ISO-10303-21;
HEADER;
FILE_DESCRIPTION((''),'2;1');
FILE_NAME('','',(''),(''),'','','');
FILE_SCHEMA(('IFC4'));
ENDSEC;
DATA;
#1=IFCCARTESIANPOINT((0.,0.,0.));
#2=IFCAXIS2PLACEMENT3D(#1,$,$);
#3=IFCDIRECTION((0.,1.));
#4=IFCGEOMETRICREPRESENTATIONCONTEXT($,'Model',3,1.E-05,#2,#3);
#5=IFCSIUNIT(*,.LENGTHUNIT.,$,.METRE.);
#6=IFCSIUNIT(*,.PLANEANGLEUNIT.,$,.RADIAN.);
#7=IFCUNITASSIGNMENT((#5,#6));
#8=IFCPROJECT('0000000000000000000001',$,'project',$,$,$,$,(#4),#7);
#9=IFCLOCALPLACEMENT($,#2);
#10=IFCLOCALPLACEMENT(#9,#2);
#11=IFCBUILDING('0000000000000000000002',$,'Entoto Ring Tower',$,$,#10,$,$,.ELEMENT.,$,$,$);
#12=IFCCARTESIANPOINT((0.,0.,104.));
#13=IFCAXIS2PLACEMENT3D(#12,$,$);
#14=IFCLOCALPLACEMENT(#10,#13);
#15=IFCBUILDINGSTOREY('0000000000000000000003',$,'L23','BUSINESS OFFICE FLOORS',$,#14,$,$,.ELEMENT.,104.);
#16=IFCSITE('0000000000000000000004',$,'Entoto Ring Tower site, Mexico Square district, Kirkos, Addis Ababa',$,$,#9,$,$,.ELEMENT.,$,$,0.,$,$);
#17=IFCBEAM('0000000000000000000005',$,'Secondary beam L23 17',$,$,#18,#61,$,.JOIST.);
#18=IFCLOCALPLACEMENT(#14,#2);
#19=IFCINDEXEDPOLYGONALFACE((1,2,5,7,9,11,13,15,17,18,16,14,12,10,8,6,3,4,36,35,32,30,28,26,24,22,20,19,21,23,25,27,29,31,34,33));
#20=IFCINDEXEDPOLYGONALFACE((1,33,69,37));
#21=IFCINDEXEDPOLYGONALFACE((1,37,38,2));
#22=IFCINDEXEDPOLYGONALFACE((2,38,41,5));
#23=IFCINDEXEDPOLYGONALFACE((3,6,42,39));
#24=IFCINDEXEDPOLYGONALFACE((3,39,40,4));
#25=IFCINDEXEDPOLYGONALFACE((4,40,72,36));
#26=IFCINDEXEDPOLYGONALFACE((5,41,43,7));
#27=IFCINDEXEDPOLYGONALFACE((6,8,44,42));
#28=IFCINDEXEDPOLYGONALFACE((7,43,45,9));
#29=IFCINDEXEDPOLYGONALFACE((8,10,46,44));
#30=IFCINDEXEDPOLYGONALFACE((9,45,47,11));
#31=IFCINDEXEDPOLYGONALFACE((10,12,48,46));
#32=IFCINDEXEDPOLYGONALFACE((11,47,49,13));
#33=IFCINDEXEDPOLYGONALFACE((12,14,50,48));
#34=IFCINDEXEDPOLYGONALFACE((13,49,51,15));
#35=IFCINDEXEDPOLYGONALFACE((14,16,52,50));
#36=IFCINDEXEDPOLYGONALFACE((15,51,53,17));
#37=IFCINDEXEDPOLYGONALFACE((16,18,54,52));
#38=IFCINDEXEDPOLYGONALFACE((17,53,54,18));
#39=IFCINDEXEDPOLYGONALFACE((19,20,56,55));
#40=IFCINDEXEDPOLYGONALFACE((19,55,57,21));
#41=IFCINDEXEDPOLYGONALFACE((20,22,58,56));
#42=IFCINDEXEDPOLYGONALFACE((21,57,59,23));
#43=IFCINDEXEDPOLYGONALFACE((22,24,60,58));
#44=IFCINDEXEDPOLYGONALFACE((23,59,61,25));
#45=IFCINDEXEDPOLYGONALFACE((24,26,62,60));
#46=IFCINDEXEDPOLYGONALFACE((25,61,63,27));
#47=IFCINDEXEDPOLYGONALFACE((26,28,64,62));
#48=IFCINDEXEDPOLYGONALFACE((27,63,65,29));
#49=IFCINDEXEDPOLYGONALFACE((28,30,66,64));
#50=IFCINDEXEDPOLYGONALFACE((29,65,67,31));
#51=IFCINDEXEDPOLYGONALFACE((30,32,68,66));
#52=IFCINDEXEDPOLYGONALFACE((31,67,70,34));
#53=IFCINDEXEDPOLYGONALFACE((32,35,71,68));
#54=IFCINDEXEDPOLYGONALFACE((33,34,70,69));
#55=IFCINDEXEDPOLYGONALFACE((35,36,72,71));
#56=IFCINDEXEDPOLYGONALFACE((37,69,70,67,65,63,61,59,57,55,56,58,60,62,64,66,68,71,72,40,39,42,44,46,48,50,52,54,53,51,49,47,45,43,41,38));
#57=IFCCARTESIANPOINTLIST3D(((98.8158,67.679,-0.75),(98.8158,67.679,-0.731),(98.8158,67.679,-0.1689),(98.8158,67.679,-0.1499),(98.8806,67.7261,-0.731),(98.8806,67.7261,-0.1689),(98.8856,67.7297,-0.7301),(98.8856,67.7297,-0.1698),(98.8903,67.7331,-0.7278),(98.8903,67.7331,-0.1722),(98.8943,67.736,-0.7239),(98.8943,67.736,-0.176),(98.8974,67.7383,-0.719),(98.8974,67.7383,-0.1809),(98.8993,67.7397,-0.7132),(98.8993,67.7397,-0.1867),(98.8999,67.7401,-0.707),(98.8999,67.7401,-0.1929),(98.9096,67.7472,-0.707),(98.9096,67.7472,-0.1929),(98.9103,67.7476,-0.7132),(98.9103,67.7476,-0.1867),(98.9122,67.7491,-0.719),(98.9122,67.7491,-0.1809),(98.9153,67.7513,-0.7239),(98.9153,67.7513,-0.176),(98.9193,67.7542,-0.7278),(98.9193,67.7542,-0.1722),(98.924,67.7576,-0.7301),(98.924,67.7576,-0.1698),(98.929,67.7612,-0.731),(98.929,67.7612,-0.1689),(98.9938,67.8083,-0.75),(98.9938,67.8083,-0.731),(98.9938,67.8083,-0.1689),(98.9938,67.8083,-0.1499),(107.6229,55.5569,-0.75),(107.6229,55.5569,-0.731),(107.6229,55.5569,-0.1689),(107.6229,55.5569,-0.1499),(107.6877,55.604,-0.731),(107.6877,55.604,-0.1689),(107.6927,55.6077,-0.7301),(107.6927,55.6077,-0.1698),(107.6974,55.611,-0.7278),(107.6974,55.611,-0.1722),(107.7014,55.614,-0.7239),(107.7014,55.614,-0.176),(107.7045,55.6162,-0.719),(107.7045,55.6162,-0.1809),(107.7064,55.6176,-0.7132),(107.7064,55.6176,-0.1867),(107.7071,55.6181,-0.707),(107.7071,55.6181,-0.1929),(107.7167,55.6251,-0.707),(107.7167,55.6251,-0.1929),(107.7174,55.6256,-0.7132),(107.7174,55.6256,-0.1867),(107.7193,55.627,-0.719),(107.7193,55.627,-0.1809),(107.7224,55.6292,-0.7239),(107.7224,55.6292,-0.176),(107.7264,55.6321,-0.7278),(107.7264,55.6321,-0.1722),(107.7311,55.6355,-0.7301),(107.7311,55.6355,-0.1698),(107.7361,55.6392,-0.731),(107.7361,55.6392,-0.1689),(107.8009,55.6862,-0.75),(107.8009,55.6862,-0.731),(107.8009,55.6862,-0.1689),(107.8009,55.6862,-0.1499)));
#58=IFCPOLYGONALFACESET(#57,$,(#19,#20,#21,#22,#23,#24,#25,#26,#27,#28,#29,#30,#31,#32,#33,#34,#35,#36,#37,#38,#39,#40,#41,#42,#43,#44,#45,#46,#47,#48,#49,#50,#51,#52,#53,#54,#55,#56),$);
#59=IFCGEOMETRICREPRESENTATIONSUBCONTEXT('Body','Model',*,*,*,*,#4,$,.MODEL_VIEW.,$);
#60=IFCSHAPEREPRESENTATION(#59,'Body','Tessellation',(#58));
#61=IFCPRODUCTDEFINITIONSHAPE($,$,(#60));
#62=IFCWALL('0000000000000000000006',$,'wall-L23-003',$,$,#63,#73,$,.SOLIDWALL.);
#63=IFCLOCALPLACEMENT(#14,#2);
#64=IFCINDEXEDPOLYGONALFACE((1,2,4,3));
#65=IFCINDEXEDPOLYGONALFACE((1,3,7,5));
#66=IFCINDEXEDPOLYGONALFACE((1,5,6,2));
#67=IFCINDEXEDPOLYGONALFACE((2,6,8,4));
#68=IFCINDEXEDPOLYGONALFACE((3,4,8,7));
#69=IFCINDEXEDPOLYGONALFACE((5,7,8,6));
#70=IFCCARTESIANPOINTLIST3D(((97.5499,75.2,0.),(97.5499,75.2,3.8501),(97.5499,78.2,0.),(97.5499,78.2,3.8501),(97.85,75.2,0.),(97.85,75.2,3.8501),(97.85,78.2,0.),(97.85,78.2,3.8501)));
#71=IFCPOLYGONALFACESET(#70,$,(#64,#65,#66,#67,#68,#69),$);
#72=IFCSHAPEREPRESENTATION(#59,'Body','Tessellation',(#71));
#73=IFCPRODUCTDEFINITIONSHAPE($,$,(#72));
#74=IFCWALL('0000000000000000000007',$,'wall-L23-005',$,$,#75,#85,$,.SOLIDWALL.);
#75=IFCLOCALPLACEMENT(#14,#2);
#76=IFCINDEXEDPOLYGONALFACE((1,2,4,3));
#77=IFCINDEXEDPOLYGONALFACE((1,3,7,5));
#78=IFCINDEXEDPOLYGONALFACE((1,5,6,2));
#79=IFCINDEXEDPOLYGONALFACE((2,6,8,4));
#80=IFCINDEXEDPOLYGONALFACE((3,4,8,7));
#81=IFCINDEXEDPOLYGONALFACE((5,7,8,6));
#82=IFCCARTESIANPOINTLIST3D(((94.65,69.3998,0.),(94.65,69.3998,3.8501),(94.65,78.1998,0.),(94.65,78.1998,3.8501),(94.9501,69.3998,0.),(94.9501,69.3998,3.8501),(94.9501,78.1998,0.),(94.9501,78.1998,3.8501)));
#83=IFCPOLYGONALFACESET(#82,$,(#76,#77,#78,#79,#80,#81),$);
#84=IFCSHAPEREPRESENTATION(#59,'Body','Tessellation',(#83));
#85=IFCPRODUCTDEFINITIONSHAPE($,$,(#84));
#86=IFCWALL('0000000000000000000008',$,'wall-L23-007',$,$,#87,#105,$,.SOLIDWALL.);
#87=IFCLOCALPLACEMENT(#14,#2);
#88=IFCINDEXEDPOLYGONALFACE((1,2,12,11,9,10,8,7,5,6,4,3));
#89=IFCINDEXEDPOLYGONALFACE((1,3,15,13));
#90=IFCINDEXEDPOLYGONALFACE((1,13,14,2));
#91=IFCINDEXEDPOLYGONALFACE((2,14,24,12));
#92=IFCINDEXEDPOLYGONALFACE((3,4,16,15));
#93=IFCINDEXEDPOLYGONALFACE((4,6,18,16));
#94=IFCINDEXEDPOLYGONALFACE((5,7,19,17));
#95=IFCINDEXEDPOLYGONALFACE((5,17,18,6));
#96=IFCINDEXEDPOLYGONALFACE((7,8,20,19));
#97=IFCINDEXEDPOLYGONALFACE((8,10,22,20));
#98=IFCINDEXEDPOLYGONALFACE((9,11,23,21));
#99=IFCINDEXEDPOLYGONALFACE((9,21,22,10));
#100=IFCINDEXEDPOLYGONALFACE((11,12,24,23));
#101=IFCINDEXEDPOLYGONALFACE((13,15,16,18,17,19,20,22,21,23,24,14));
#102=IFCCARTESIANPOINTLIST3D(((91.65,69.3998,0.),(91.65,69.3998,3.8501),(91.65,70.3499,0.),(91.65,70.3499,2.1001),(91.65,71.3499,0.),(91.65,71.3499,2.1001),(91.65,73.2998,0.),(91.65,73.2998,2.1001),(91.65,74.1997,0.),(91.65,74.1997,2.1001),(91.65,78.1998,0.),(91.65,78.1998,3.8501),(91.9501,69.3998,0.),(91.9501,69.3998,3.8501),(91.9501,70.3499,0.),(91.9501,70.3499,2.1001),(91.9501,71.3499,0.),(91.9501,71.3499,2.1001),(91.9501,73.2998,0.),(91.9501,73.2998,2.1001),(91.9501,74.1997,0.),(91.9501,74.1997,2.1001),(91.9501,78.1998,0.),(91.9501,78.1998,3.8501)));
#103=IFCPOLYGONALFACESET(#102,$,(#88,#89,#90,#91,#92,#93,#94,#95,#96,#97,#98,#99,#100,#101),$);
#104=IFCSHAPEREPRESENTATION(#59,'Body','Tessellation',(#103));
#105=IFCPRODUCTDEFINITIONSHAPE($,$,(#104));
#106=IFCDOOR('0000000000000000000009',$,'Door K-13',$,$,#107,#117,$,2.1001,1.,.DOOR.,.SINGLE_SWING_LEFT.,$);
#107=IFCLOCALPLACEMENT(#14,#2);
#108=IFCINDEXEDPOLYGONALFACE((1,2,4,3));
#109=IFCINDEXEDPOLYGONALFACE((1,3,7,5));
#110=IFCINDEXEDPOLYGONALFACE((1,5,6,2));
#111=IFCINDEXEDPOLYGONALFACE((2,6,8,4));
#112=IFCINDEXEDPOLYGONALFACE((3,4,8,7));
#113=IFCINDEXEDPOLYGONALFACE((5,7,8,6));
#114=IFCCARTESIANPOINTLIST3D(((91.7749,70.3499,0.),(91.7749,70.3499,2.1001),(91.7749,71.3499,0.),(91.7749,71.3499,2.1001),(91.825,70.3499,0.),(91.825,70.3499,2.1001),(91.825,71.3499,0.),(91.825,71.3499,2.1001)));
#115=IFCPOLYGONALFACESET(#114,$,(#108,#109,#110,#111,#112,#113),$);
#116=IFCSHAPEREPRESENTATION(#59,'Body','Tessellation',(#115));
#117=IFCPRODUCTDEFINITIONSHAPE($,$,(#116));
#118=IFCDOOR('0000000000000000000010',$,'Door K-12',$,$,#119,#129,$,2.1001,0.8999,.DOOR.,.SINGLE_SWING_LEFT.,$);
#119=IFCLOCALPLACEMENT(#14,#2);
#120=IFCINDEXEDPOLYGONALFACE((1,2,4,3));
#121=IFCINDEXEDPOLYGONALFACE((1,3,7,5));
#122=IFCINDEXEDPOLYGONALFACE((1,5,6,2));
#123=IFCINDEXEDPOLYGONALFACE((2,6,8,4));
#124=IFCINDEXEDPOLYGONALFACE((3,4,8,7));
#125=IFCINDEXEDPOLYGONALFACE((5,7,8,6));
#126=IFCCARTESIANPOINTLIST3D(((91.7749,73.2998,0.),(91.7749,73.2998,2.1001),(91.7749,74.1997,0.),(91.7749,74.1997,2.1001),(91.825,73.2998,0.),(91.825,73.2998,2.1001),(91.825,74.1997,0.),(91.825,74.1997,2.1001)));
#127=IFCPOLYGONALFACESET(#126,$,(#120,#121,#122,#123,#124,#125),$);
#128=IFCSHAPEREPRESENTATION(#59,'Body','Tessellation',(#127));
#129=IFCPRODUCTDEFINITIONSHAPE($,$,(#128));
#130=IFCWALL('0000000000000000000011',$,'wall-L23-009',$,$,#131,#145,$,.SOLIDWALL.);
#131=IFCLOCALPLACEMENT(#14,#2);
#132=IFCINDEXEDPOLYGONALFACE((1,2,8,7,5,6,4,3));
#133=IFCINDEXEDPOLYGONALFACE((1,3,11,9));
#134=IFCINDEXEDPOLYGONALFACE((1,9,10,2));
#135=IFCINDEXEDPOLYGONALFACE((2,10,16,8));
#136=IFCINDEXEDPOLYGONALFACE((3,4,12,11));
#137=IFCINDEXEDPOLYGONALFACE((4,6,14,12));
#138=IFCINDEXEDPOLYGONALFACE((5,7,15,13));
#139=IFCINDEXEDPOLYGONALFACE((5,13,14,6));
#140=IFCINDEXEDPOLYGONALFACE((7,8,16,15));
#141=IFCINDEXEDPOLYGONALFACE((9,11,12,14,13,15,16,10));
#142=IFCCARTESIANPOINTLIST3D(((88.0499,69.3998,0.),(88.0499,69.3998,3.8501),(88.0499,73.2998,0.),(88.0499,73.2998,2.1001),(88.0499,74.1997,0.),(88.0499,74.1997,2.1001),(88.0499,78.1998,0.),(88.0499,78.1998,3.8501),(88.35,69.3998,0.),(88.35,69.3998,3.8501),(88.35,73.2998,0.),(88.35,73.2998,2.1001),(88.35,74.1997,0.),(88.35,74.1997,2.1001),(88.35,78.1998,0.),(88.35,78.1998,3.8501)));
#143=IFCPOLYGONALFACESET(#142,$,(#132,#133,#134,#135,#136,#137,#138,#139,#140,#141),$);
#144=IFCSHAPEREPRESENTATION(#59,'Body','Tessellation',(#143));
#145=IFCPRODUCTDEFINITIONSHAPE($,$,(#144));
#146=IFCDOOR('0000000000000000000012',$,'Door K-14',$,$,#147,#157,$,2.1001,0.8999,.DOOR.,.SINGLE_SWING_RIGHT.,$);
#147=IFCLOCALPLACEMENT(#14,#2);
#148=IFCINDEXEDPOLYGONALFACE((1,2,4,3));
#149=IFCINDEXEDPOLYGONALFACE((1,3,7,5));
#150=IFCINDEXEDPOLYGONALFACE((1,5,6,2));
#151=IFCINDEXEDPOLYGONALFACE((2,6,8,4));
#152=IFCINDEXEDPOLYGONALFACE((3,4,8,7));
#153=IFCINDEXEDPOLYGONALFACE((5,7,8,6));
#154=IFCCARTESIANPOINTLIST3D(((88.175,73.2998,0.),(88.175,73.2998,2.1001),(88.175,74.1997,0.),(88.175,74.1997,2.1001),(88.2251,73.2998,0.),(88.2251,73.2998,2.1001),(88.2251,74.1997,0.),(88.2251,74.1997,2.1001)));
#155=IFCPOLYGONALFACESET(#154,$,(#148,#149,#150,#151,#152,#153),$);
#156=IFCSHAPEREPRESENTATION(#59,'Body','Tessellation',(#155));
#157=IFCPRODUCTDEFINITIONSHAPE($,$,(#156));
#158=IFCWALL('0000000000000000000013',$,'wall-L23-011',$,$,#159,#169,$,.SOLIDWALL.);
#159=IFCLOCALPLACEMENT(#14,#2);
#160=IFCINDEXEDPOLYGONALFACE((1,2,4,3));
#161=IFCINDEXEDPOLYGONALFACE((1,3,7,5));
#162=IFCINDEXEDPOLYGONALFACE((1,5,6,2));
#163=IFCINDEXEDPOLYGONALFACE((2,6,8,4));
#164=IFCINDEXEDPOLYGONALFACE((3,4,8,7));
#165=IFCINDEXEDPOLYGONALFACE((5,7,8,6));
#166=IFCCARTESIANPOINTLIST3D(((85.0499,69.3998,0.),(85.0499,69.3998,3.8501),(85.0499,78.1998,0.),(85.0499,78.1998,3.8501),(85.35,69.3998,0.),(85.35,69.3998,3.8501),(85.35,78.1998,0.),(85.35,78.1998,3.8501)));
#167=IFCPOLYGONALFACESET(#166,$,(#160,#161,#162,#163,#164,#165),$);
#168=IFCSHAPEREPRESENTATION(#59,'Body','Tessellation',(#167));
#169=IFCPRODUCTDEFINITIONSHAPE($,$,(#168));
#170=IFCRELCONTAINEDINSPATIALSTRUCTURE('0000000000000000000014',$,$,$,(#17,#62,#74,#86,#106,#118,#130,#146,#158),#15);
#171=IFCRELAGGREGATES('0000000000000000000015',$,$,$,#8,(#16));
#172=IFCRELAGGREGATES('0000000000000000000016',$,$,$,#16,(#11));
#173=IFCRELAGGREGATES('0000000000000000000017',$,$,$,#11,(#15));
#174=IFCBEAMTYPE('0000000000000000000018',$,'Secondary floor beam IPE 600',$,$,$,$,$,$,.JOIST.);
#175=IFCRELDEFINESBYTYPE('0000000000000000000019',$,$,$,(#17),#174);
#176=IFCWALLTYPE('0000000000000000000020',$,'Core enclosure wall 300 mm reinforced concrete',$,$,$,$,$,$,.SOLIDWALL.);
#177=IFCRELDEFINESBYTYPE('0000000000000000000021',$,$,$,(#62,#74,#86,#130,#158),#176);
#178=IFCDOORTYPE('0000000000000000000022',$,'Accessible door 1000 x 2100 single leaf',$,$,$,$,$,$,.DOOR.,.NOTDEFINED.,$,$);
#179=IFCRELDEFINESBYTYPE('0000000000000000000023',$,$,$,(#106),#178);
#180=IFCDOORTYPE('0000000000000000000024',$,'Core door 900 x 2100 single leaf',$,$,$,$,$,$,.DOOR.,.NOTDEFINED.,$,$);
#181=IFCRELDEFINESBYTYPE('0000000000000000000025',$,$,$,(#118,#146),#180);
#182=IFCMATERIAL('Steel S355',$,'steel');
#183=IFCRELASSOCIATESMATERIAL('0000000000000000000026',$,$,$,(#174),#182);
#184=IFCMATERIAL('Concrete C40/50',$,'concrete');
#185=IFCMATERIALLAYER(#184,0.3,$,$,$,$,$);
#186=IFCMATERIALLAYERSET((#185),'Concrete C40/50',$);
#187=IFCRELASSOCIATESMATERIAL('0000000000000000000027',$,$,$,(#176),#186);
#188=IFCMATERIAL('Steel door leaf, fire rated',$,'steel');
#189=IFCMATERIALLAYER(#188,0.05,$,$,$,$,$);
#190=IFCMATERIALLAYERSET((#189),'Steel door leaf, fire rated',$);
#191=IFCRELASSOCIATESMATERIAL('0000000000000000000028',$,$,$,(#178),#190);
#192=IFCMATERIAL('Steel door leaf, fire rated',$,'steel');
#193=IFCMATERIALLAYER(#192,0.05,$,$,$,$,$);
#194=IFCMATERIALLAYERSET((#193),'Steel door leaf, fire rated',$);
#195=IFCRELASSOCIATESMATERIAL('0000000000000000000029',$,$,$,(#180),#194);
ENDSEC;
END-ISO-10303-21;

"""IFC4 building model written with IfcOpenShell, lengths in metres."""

from ifc_helpers import new_model, si_unit, direction, frame, frame_2d, origin, origin_2d, place, context, subcontext, project, spatial, rectangle, i_section, extrude, material, layer, layer_set, material_profile, profile_set, type_object, element, fill, save


model = new_model("IFC4")

# Units and contexts
model_context = context("Model", 3, precision=1e-05, world=origin(), true_north=direction((0.0, 1.0)))
body_context = subcontext(model_context, "Body", "Model", "MODEL_VIEW")
ifc_project = project(units=[si_unit("LENGTHUNIT", "METRE"), si_unit("PLANEANGLEUNIT", "RADIAN")], contexts=[model_context])

# Site, building, storey
site_placement = place(None, origin())
site = spatial("IfcSite", under=ifc_project, at=site_placement, Name="Entoto Ring Tower site, Mexico Square district, Kirkos, Addis Ababa", CompositionType="ELEMENT", RefElevation=0.0)
building_placement = place(site_placement, origin())
building = spatial("IfcBuilding", under=site, at=building_placement, Name="Entoto Ring Tower", CompositionType="ELEMENT")
storey_placement = place(building_placement, frame((0.0, 0.0, 104.0)))
storey = spatial("IfcBuildingStorey", under=building, at=storey_placement, Name="L23", Description="BUSINESS OFFICE FLOORS", CompositionType="ELEMENT", Elevation=104.0)

# Beam
ifc_material_1 = material(Name="Steel S355", Category="steel")
ifc_material_profile_1 = material_profile(ifc_material_1, i_section(OverallWidth=0.22, OverallDepth=0.6001, WebThickness=0.012, FlangeThickness=0.019, FilletRadius=0.0239, at=origin_2d()), Name="IPE 600")
ifc_profile_set_1 = profile_set([ifc_material_profile_1], Name="Steel S355")
beam_type_1 = type_object("IfcBeamType", Name="Secondary floor beam IPE 600", PredefinedType="JOIST", material=ifc_profile_set_1)
beam_1_placement = place(storey_placement, frame((98.9048, 67.7437, -0.45), z_axis=(0.587782, -0.809019, 0.0), x_axis=(0.809019, 0.587782, 0.0)))
element("IfcBeam", 1, at=beam_1_placement, inside=storey, type_object=beam_type_1, Name="Secondary beam L23 17", PredefinedType="JOIST", context=body_context, shape_type="SweptSolid", body=[
    extrude(i_section(OverallWidth=0.22, OverallDepth=0.6001, WebThickness=0.012, FlangeThickness=0.019, FilletRadius=0.0239, at=origin_2d()), origin(), (0.0, 0.0, 1.0), 14.9836),
])

# Walls
ifc_material_2 = material(Name="Concrete C40/50", Category="concrete")
ifc_layer_1 = layer(ifc_material_2, 0.3)
ifc_layer_set_1 = layer_set([ifc_layer_1], Name="Concrete C40/50")
wall_type_1 = type_object("IfcWallType", Name="Core enclosure wall 300 mm reinforced concrete", PredefinedType="SOLIDWALL", material=ifc_layer_set_1)
wall_1_placement = place(storey_placement, frame((97.7, 75.2, 0.0), z_axis=(0.0, 0.0, 1.0), x_axis=(0.0, 1.0, 0.0)))
element("IfcWall", 2, at=wall_1_placement, inside=storey, type_object=wall_type_1, Name="wall-L23-003", PredefinedType="SOLIDWALL", context=body_context, shape_type="SweptSolid", body=[
    extrude(rectangle(XDim=3.0, YDim=0.3, at=frame_2d((1.5, 0.0))), origin(), (0.0, 0.0, 1.0), 3.8501),
])
wall_2_placement = place(storey_placement, frame((94.8, 69.3999, 0.0), z_axis=(0.0, 0.0, 1.0), x_axis=(0.0, 1.0, 0.0)))
element("IfcWall", 3, at=wall_2_placement, inside=storey, type_object=wall_type_1, Name="wall-L23-005", PredefinedType="SOLIDWALL", context=body_context, shape_type="SweptSolid", body=[
    extrude(rectangle(XDim=8.8, YDim=0.3, at=frame_2d((4.3999, 0.0))), origin(), (0.0, 0.0, 1.0), 3.8501),
])

# Wall, openings, doors
wall_3_placement = place(storey_placement, frame((91.8, 69.3999, 0.0), z_axis=(0.0, 0.0, 1.0), x_axis=(0.0, 1.0, 0.0)))
wall_3 = element("IfcWall", 4, at=wall_3_placement, inside=storey, type_object=wall_type_1, Name="wall-L23-007", PredefinedType="SOLIDWALL", context=body_context, shape_type="SweptSolid", body=[
    extrude(rectangle(XDim=8.8, YDim=0.3, at=frame_2d((4.3999, 0.0))), origin(), (0.0, 0.0, 1.0), 3.8501),
])
opening_1_placement = place(wall_3_placement, frame((3.8999, 0.0, 0.0)))
opening_1 = element("IfcOpeningElement", 5, at=opening_1_placement, cuts=wall_3, PredefinedType="OPENING", context=body_context, shape_type="SweptSolid", body=[
    extrude(rectangle(XDim=0.8999, YDim=2.1001, at=frame_2d((0.45, 1.05))), frame((0.0, 0.1602, 0.0), z_axis=(0.0, -1.0, 0.0), x_axis=(1.0, 0.0, 0.0)), (0.0, 0.0, 1.0), 0.3201),
])
opening_2_placement = place(wall_3_placement, frame((0.95, 0.0, 0.0)))
opening_2 = element("IfcOpeningElement", 6, at=opening_2_placement, cuts=wall_3, PredefinedType="OPENING", context=body_context, shape_type="SweptSolid", body=[
    extrude(rectangle(XDim=1.0, YDim=2.1001, at=frame_2d((0.5, 1.05))), frame((0.0, 0.1602, 0.0), z_axis=(0.0, -1.0, 0.0), x_axis=(1.0, 0.0, 0.0)), (0.0, 0.0, 1.0), 0.3201),
])
ifc_material_3 = material(Name="Steel door leaf, fire rated", Category="steel")
ifc_layer_2 = layer(ifc_material_3, 0.05)
ifc_layer_set_2 = layer_set([ifc_layer_2], Name="Steel door leaf, fire rated")
door_type_1 = type_object("IfcDoorType", Name="Accessible door 1000 x 2100 single leaf", OperationType="NOTDEFINED", PredefinedType="DOOR", material=ifc_layer_set_2)
door_1_placement = place(opening_2_placement, frame((1.0, 0.0, 0.0), z_axis=(0.0, 0.0, 1.0), x_axis=(-1.0, 0.0, 0.0)))
door_1 = element("IfcDoor", 7, at=door_1_placement, inside=storey, type_object=door_type_1, Name="Door K-13", OperationType="SINGLE_SWING_LEFT", OverallHeight=2.1001, OverallWidth=1.0, PredefinedType="DOOR", context=body_context, shape_type="SweptSolid", body=[
    extrude(rectangle(XDim=1.0, YDim=2.1001, at=frame_2d((0.5, 1.05))), frame((0.0, 0.0249, 0.0), z_axis=(0.0, -1.0, 0.0), x_axis=(1.0, 0.0, 0.0)), (0.0, 0.0, 1.0), 0.05),
])
fill(opening_2, door_1)
ifc_material_4 = material(Name="Steel door leaf, fire rated", Category="steel")
ifc_layer_3 = layer(ifc_material_4, 0.05)
ifc_layer_set_3 = layer_set([ifc_layer_3], Name="Steel door leaf, fire rated")
door_type_2 = type_object("IfcDoorType", Name="Core door 900 x 2100 single leaf", OperationType="NOTDEFINED", PredefinedType="DOOR", material=ifc_layer_set_3)
door_2_placement = place(opening_1_placement, frame((0.8999, 0.0, 0.0), z_axis=(0.0, 0.0, 1.0), x_axis=(-1.0, 0.0, 0.0)))
door_2 = element("IfcDoor", 8, at=door_2_placement, inside=storey, type_object=door_type_2, Name="Door K-12", OperationType="SINGLE_SWING_LEFT", OverallHeight=2.1001, OverallWidth=0.8999, PredefinedType="DOOR", context=body_context, shape_type="SweptSolid", body=[
    extrude(rectangle(XDim=0.8999, YDim=2.1001, at=frame_2d((0.45, 1.05))), frame((0.0, 0.0249, 0.0), z_axis=(0.0, -1.0, 0.0), x_axis=(1.0, 0.0, 0.0)), (0.0, 0.0, 1.0), 0.05),
])
fill(opening_1, door_2)

# Wall, opening, door
wall_4_placement = place(storey_placement, frame((88.2, 69.3999, 0.0), z_axis=(0.0, 0.0, 1.0), x_axis=(0.0, 1.0, 0.0)))
wall_4 = element("IfcWall", 9, at=wall_4_placement, inside=storey, type_object=wall_type_1, Name="wall-L23-009", PredefinedType="SOLIDWALL", context=body_context, shape_type="SweptSolid", body=[
    extrude(rectangle(XDim=8.8, YDim=0.3, at=frame_2d((4.3999, 0.0))), origin(), (0.0, 0.0, 1.0), 3.8501),
])
opening_3_placement = place(wall_4_placement, frame((3.8999, 0.0, 0.0)))
opening_3 = element("IfcOpeningElement", 10, at=opening_3_placement, cuts=wall_4, PredefinedType="OPENING", context=body_context, shape_type="SweptSolid", body=[
    extrude(rectangle(XDim=0.8999, YDim=2.1001, at=frame_2d((0.45, 1.05))), frame((0.0, 0.1602, 0.0), z_axis=(0.0, -1.0, 0.0), x_axis=(1.0, 0.0, 0.0)), (0.0, 0.0, 1.0), 0.3201),
])
door_3_placement = place(opening_3_placement, origin())
door_3 = element("IfcDoor", 11, at=door_3_placement, inside=storey, type_object=door_type_2, Name="Door K-14", OperationType="SINGLE_SWING_RIGHT", OverallHeight=2.1001, OverallWidth=0.8999, PredefinedType="DOOR", context=body_context, shape_type="SweptSolid", body=[
    extrude(rectangle(XDim=0.8999, YDim=2.1001, at=frame_2d((0.45, 1.05))), frame((0.0, 0.0249, 0.0), z_axis=(0.0, -1.0, 0.0), x_axis=(1.0, 0.0, 0.0)), (0.0, 0.0, 1.0), 0.05),
])
fill(opening_3, door_3)

# Wall
wall_5_placement = place(storey_placement, frame((85.2, 69.3999, 0.0), z_axis=(0.0, 0.0, 1.0), x_axis=(0.0, 1.0, 0.0)))
element("IfcWall", 12, at=wall_5_placement, inside=storey, type_object=wall_type_1, Name="wall-L23-011", PredefinedType="SOLIDWALL", context=body_context, shape_type="SweptSolid", body=[
    extrude(rectangle(XDim=8.8, YDim=0.3, at=frame_2d((4.3999, 0.0))), origin(), (0.0, 0.0, 1.0), 3.8501),
])

save(model, "model.ifc")
